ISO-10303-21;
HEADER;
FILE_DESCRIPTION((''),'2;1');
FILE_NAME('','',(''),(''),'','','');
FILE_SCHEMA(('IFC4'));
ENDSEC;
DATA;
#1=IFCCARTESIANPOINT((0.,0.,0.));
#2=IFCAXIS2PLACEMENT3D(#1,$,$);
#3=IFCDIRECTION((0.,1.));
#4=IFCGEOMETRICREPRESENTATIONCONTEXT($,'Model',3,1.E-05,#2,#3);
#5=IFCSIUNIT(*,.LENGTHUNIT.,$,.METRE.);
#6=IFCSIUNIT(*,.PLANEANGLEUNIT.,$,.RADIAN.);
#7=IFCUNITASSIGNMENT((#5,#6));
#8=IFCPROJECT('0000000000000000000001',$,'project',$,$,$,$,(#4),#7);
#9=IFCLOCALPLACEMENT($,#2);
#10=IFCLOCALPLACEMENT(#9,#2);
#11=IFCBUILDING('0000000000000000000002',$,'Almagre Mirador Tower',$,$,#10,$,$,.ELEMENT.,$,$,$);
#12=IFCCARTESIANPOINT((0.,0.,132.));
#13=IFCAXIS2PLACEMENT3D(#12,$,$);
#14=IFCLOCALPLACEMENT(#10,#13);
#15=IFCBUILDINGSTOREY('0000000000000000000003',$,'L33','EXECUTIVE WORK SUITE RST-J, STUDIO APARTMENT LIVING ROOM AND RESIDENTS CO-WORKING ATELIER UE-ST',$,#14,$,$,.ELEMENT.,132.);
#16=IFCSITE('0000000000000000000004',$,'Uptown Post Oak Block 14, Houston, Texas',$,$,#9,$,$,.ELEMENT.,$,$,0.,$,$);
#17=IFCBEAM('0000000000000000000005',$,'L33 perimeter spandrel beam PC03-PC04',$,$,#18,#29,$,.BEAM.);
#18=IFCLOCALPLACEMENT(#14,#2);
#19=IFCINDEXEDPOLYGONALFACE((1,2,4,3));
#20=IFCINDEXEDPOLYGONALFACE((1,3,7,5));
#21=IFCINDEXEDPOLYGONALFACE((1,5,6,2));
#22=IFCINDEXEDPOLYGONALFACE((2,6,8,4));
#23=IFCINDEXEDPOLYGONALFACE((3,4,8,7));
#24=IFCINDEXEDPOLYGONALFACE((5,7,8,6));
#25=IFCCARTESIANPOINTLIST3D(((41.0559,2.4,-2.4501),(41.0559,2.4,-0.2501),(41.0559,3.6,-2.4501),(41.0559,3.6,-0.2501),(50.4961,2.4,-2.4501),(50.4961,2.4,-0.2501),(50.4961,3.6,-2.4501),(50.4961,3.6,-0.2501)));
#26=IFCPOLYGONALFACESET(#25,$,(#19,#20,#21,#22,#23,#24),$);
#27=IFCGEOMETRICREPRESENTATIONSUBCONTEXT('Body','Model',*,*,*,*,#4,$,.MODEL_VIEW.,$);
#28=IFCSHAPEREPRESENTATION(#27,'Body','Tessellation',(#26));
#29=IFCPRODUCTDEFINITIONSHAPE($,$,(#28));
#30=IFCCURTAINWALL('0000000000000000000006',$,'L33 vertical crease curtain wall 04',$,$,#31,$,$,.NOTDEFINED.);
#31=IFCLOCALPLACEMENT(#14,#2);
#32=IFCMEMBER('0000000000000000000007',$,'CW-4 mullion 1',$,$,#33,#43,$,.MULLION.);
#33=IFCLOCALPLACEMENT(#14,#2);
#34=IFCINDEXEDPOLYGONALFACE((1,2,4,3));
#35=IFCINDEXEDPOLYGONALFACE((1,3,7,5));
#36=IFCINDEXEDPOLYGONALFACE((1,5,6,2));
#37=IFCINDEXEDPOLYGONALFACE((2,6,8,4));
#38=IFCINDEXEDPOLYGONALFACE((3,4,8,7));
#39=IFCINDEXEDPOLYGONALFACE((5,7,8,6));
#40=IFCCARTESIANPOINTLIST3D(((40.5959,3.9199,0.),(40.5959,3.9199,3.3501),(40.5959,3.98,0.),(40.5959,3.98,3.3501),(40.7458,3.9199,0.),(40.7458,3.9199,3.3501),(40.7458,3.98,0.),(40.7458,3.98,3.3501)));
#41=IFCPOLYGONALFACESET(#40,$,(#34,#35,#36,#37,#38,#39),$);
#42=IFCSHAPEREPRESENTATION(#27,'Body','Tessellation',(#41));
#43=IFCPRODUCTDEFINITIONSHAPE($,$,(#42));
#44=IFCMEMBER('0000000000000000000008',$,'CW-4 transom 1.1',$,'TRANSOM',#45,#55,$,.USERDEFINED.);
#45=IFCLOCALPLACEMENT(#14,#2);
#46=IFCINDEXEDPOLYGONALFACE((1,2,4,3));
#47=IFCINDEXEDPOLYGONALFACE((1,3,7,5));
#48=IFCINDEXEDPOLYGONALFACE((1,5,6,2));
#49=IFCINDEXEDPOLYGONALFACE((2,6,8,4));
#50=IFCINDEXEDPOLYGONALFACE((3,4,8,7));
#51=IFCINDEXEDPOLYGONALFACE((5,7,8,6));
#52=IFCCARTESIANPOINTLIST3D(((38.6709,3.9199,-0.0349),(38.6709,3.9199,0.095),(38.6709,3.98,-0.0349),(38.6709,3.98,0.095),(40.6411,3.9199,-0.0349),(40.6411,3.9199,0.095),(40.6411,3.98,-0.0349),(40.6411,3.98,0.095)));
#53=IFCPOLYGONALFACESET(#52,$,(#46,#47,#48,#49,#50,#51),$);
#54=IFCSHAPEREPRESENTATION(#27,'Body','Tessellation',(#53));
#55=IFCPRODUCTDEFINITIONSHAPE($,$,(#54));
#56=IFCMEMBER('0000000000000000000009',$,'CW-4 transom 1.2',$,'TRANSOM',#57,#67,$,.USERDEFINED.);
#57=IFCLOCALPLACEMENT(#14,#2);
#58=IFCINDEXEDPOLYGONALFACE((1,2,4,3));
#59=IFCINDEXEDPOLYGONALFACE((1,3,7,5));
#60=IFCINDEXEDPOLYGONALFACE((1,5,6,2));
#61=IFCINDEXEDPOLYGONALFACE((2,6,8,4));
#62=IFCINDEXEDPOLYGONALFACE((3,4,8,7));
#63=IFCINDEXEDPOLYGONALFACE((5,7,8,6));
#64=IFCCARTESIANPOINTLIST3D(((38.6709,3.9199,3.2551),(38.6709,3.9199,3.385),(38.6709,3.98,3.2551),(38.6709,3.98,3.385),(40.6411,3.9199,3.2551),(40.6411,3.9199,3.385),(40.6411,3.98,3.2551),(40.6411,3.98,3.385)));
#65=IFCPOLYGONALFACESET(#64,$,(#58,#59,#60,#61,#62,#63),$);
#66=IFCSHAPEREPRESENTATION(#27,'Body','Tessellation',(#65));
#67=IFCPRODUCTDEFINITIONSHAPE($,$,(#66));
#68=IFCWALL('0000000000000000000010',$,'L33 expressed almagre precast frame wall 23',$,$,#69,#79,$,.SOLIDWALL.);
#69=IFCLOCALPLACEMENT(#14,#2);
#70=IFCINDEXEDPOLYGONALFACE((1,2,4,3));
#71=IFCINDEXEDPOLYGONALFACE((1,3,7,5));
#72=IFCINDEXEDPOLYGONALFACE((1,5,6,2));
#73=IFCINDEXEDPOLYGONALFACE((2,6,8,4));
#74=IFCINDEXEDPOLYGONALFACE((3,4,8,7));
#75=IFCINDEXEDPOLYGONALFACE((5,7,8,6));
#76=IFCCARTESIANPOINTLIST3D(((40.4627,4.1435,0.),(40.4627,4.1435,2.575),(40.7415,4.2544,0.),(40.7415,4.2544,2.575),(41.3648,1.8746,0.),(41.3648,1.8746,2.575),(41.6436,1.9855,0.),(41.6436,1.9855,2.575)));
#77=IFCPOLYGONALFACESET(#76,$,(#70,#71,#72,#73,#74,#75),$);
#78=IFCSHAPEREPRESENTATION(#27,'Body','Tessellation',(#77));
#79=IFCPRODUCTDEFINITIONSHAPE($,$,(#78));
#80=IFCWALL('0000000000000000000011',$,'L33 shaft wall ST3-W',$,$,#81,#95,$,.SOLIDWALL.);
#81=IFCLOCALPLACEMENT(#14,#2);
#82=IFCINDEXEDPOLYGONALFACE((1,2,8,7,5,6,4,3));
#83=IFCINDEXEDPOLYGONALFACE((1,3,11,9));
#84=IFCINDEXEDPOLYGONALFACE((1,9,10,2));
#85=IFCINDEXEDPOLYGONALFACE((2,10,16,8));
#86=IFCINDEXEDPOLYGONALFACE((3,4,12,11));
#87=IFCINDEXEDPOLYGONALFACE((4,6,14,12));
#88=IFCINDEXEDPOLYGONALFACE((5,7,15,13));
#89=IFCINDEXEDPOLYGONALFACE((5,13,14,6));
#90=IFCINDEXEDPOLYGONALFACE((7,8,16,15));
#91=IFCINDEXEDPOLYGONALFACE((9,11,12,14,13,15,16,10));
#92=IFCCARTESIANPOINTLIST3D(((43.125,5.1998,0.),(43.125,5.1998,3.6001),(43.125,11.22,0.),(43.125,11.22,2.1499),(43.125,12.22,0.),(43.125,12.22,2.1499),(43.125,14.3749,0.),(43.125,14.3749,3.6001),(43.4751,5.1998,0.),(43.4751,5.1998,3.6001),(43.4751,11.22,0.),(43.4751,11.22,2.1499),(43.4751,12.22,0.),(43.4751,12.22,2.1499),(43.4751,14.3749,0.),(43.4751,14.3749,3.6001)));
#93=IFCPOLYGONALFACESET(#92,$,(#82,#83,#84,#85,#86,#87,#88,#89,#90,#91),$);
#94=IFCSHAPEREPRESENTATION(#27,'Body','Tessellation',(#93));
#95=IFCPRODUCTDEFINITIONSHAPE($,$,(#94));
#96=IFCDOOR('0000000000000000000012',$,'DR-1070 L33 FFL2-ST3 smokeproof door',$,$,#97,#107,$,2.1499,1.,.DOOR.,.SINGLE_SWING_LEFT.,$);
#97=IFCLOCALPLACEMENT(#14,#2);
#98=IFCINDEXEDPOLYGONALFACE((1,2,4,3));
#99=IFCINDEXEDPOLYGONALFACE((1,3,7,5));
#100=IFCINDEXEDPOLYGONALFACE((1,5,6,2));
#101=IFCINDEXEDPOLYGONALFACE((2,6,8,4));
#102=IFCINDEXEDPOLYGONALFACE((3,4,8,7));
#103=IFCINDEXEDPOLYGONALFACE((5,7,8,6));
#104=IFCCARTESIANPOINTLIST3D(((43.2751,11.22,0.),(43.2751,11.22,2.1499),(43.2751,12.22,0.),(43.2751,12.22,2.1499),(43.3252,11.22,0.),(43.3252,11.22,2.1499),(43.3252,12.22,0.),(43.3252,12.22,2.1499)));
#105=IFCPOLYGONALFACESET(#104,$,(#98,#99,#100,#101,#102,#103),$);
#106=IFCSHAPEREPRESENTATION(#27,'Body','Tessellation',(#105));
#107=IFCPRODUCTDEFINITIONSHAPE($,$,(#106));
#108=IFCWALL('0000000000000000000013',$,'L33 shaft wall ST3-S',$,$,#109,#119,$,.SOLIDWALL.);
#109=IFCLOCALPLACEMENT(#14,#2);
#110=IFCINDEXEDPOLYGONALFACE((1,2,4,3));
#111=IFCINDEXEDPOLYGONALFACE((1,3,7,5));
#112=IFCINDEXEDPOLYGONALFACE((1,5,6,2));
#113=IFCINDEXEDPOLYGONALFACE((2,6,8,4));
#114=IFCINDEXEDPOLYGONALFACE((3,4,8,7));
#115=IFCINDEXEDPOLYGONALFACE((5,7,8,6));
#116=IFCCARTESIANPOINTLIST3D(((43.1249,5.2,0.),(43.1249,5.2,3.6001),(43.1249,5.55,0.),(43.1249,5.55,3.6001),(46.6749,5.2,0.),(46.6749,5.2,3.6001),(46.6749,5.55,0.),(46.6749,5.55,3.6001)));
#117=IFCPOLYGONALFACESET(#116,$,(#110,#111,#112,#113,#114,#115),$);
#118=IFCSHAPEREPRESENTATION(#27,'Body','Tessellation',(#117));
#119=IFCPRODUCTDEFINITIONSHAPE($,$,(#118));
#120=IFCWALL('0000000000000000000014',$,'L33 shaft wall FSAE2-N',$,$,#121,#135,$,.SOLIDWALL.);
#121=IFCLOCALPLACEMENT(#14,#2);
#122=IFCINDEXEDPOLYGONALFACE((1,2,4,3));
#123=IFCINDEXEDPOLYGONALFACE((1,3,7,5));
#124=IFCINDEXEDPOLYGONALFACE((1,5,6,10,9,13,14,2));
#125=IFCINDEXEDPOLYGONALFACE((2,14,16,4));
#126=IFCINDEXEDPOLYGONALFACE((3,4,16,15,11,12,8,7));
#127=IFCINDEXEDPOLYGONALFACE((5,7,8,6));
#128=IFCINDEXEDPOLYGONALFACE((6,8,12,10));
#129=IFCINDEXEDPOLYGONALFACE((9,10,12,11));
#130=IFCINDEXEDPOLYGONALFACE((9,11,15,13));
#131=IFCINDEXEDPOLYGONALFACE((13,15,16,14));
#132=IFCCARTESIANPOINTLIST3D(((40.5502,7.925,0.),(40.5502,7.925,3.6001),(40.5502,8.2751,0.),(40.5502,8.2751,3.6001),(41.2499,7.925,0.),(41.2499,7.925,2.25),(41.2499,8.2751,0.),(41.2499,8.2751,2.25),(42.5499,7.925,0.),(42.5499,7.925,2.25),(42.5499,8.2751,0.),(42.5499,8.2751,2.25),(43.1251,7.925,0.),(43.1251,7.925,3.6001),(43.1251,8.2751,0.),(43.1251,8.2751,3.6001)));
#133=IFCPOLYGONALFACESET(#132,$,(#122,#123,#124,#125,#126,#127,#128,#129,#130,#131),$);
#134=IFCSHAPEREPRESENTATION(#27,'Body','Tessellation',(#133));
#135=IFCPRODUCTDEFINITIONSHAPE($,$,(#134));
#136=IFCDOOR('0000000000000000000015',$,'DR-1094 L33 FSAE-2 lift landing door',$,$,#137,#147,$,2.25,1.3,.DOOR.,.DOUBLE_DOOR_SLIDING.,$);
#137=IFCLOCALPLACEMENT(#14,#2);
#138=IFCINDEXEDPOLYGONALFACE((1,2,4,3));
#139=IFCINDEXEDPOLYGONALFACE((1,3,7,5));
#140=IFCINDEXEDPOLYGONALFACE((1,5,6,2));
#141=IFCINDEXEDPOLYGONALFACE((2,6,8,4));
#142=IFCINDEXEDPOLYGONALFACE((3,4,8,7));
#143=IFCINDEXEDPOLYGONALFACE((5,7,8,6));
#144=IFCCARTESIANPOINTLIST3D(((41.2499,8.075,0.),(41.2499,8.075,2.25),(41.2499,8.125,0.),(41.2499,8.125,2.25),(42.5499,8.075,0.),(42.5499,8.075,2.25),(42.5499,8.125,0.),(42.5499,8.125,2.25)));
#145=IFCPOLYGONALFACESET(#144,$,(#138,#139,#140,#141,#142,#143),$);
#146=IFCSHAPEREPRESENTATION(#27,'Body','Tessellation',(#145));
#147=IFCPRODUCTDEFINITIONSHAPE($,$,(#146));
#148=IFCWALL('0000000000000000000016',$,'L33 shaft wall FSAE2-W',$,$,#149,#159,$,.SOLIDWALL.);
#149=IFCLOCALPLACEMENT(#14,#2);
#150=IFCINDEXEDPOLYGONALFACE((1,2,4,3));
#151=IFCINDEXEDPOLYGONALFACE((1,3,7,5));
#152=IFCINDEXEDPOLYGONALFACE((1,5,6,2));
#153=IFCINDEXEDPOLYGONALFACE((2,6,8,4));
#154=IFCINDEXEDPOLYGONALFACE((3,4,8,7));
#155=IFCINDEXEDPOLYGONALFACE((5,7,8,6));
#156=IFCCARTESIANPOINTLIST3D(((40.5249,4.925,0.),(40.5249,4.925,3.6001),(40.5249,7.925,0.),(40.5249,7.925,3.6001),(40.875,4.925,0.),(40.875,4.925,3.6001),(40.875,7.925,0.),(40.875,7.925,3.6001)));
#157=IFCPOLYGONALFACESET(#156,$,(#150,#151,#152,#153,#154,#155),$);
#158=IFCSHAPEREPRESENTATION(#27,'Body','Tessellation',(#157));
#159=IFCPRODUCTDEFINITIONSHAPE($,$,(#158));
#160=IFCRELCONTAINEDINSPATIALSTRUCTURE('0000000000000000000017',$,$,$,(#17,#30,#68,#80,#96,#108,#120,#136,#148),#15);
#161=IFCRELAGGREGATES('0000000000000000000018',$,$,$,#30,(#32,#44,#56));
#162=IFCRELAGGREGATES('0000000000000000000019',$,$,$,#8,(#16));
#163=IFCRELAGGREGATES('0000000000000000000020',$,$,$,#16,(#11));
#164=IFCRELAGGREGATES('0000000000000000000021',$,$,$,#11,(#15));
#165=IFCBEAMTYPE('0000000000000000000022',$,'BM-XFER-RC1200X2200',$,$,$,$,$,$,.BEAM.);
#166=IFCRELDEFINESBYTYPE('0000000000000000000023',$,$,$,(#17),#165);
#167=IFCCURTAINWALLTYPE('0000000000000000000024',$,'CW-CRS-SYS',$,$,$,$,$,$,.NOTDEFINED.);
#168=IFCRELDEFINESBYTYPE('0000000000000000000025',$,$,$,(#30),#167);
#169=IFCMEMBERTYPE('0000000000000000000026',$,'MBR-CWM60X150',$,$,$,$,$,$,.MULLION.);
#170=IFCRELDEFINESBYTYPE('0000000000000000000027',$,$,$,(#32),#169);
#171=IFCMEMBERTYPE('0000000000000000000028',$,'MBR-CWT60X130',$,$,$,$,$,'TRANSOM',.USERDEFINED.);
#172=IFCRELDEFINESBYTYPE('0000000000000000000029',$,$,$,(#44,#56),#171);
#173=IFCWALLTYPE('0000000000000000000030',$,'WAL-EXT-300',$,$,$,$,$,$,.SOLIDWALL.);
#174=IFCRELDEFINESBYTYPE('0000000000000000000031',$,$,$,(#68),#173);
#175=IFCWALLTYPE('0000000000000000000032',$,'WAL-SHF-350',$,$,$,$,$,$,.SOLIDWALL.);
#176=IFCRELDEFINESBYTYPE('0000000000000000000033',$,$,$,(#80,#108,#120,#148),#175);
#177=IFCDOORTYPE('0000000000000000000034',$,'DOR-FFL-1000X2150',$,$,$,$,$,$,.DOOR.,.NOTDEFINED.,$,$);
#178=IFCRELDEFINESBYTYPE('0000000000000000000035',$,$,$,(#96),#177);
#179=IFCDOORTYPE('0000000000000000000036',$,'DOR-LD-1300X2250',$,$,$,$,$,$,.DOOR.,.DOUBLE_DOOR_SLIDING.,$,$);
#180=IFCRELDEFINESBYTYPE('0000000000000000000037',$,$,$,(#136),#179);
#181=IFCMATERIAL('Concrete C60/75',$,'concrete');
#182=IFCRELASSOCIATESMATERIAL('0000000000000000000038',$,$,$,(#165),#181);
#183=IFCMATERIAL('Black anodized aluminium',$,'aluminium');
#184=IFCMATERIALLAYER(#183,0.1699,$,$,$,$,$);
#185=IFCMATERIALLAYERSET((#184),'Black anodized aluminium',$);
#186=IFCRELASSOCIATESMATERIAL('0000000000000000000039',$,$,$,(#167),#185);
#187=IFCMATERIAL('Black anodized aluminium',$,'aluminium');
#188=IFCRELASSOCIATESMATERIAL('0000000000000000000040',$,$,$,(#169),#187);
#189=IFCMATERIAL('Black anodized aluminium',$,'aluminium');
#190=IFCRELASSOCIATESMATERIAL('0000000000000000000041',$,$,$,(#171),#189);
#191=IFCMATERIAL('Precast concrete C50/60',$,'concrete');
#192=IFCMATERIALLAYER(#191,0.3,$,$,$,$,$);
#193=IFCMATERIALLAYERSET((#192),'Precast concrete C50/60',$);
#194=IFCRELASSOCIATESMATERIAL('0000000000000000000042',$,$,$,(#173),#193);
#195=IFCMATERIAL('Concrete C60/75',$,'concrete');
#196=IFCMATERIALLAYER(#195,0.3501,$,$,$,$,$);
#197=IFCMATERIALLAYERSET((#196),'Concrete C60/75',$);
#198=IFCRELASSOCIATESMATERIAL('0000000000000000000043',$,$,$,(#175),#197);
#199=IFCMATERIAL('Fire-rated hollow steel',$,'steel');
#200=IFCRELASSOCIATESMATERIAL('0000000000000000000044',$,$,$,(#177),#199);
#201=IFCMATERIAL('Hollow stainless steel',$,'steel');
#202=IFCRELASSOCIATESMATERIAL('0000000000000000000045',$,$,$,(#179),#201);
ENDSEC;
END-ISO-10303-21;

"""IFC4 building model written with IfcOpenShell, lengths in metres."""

from ifc_helpers import new_model, si_unit, direction, frame, frame_2d, origin, origin_2d, place, context, subcontext, project, spatial, rectangle, extrude, material, layer, layer_set, material_profile, profile_set, type_object, element, fill, aggregate, save


model = new_model("IFC4")

# Units and contexts
model_context = context("Model", 3, precision=1e-05, world=origin(), true_north=direction((0.0, 1.0)))
body_context = subcontext(model_context, "Body", "Model", "MODEL_VIEW")
ifc_project = project(units=[si_unit("LENGTHUNIT", "METRE"), si_unit("PLANEANGLEUNIT", "RADIAN")], contexts=[model_context])

# Site, building, storey
site_placement = place(None, origin())
site = spatial("IfcSite", under=ifc_project, at=site_placement, Name="Uptown Post Oak Block 14, Houston, Texas", CompositionType="ELEMENT", RefElevation=0.0)
building_placement = place(site_placement, origin())
building = spatial("IfcBuilding", under=site, at=building_placement, Name="Almagre Mirador Tower", CompositionType="ELEMENT")
storey_placement = place(building_placement, frame((0.0, 0.0, 132.0)))
storey = spatial("IfcBuildingStorey", under=building, at=storey_placement, Name="L33", Description="EXECUTIVE WORK SUITE RST-J, STUDIO APARTMENT LIVING ROOM AND RESIDENTS CO-WORKING ATELIER UE-ST", CompositionType="ELEMENT", Elevation=132.0)

# Beam
ifc_material_1 = material(Name="Concrete C60/75", Category="concrete")
ifc_material_profile_1 = material_profile(ifc_material_1, rectangle(XDim=1.2, YDim=2.2, at=origin_2d()), Name="RC1200X2200")
ifc_profile_set_1 = profile_set([ifc_material_profile_1], Name="Concrete C60/75")
beam_type = type_object("IfcBeamType", Name="BM-XFER-RC1200X2200", PredefinedType="BEAM", material=ifc_profile_set_1)
beam_placement = place(storey_placement, frame((41.0559, 3.0, -1.3501), z_axis=(1.0, 0.0, 0.0), x_axis=(0.0, 1.0, 0.0)))
element("IfcBeam", 1, at=beam_placement, inside=storey, type_object=beam_type, Name="L33 perimeter spandrel beam PC03-PC04", PredefinedType="BEAM", context=body_context, shape_type="SweptSolid", body=[
    extrude(rectangle(XDim=1.2, YDim=2.2, at=origin_2d()), origin(), (0.0, 0.0, 1.0), 9.4402),
])

# Curtain wall, members
ifc_material_2 = material(Name="Black anodized aluminium", Category="aluminium")
ifc_layer_1 = layer(ifc_material_2, 0.1699)
ifc_layer_set_1 = layer_set([ifc_layer_1], Name="Black anodized aluminium")
curtain_wall_type = type_object("IfcCurtainWallType", Name="CW-CRS-SYS", PredefinedType="NOTDEFINED", material=ifc_layer_set_1)
curtain_wall_placement = place(storey_placement, origin())
curtain_wall = element("IfcCurtainWall", 2, at=curtain_wall_placement, inside=storey, type_object=curtain_wall_type, Name="L33 vertical crease curtain wall 04", PredefinedType="NOTDEFINED")
ifc_material_3 = material(Name="Black anodized aluminium", Category="aluminium")
ifc_material_profile_2 = material_profile(ifc_material_3, rectangle(XDim=0.0601, YDim=0.1499, at=origin_2d()), Name="CWM60X150")
ifc_profile_set_2 = profile_set([ifc_material_profile_2], Name="Black anodized aluminium")
member_type_1 = type_object("IfcMemberType", Name="MBR-CWM60X150", PredefinedType="MULLION", material=ifc_profile_set_2)
member_1_placement = place(storey_placement, frame((40.6709, 3.95, 0.0), z_axis=(0.0, 0.0, 1.0), x_axis=(0.0, -1.0, 0.0)))
member_1 = element("IfcMember", 3, at=member_1_placement, type_object=member_type_1, Name="CW-4 mullion 1", PredefinedType="MULLION", context=body_context, shape_type="SweptSolid", body=[
    extrude(rectangle(XDim=0.0601, YDim=0.1499, at=origin_2d()), origin(), (0.0, 0.0, 1.0), 3.3501),
])
ifc_material_4 = material(Name="Black anodized aluminium", Category="aluminium")
ifc_material_profile_3 = material_profile(ifc_material_4, rectangle(XDim=0.0601, YDim=0.1299, at=origin_2d()), Name="CWT60X130")
ifc_profile_set_3 = profile_set([ifc_material_profile_3], Name="Black anodized aluminium")
member_type_2 = type_object("IfcMemberType", Name="MBR-CWT60X130", ElementType="TRANSOM", PredefinedType="USERDEFINED", material=ifc_profile_set_3)
member_2_placement = place(storey_placement, frame((40.6411, 3.95, 0.03), z_axis=(-1.0, 0.0, 0.0), x_axis=(0.0, -1.0, 0.0)))
member_2 = element("IfcMember", 4, at=member_2_placement, type_object=member_type_2, Name="CW-4 transom 1.1", ObjectType="TRANSOM", PredefinedType="USERDEFINED", context=body_context, shape_type="SweptSolid", body=[
    extrude(rectangle(XDim=0.0601, YDim=0.1299, at=origin_2d()), origin(), (0.0, 0.0, 1.0), 1.9702),
])
member_3_placement = place(storey_placement, frame((40.6411, 3.95, 3.3201), z_axis=(-1.0, 0.0, 0.0), x_axis=(0.0, -1.0, 0.0)))
member_3 = element("IfcMember", 5, at=member_3_placement, type_object=member_type_2, Name="CW-4 transom 1.2", ObjectType="TRANSOM", PredefinedType="USERDEFINED", context=body_context, shape_type="SweptSolid", body=[
    extrude(rectangle(XDim=0.0601, YDim=0.1299, at=origin_2d()), origin(), (0.0, 0.0, 1.0), 1.9702),
])
aggregate(curtain_wall, [member_1, member_2, member_3])

# Wall
ifc_material_5 = material(Name="Precast concrete C50/60", Category="concrete")
ifc_layer_2 = layer(ifc_material_5, 0.3)
ifc_layer_set_2 = layer_set([ifc_layer_2], Name="Precast concrete C50/60")
wall_type_1 = type_object("IfcWallType", Name="WAL-EXT-300", PredefinedType="SOLIDWALL", material=ifc_layer_set_2)
wall_1_placement = place(storey_placement, frame((41.5042, 1.9302, 0.0), z_axis=(0.0, 0.0, 1.0), x_axis=(-0.369476, 0.92924, 0.0)))
element("IfcWall", 6, at=wall_1_placement, inside=storey, type_object=wall_type_1, Name="L33 expressed almagre precast frame wall 23", PredefinedType="SOLIDWALL", context=body_context, shape_type="SweptSolid", body=[
    extrude(rectangle(XDim=2.4417, YDim=0.3, at=frame_2d((1.2207, 0.0))), origin(), (0.0, 0.0, 1.0), 2.575),
])

# Wall, opening, door
ifc_material_6 = material(Name="Concrete C60/75", Category="concrete")
ifc_layer_3 = layer(ifc_material_6, 0.3501)
ifc_layer_set_3 = layer_set([ifc_layer_3], Name="Concrete C60/75")
wall_type_2 = type_object("IfcWallType", Name="WAL-SHF-350", PredefinedType="SOLIDWALL", material=ifc_layer_set_3)
wall_2_placement = place(storey_placement, frame((43.3, 5.2, 0.0), z_axis=(0.0, 0.0, 1.0), x_axis=(0.0, 1.0, 0.0)))
wall_2 = element("IfcWall", 7, at=wall_2_placement, inside=storey, type_object=wall_type_2, Name="L33 shaft wall ST3-W", PredefinedType="SOLIDWALL", context=body_context, shape_type="SweptSolid", body=[
    extrude(rectangle(XDim=9.175, YDim=0.3501, at=frame_2d((4.5874, 0.0))), origin(), (0.0, 0.0, 1.0), 3.6001),
])
opening_1_placement = place(wall_2_placement, frame((6.02, 0.0, 0.0)))
opening_1 = element("IfcOpeningElement", 8, at=opening_1_placement, cuts=wall_2, PredefinedType="OPENING", context=body_context, shape_type="SweptSolid", body=[
    extrude(rectangle(XDim=1.0, YDim=2.1499, at=frame_2d((0.5, 1.075))), frame((0.0, 0.185, 0.0), z_axis=(0.0, -1.0, 0.0), x_axis=(1.0, 0.0, 0.0)), (0.0, 0.0, 1.0), 0.3701),
])
ifc_material_7 = material(Name="Fire-rated hollow steel", Category="steel")
door_type_1 = type_object("IfcDoorType", Name="DOR-FFL-1000X2150", OperationType="NOTDEFINED", PredefinedType="DOOR", material=ifc_material_7)
door_1_placement = place(opening_1_placement, origin())
door_1 = element("IfcDoor", 9, at=door_1_placement, inside=storey, type_object=door_type_1, Name="DR-1070 L33 FFL2-ST3 smokeproof door", OperationType="SINGLE_SWING_LEFT", OverallHeight=2.1499, OverallWidth=1.0, PredefinedType="DOOR", context=body_context, shape_type="SweptSolid", body=[
    extrude(rectangle(XDim=1.0, YDim=2.1499, at=frame_2d((0.5, 1.075))), frame((0.0, 0.0249, 0.0), z_axis=(0.0, -1.0, 0.0), x_axis=(1.0, 0.0, 0.0)), (0.0, 0.0, 1.0), 0.05),
])
fill(opening_1, door_1)

# Wall
wall_3_placement = place(storey_placement, frame((43.125, 5.375, 0.0), z_axis=(0.0, 0.0, 1.0), x_axis=(1.0, 0.0, 0.0)))
element("IfcWall", 10, at=wall_3_placement, inside=storey, type_object=wall_type_2, Name="L33 shaft wall ST3-S", PredefinedType="SOLIDWALL", context=body_context, shape_type="SweptSolid", body=[
    extrude(rectangle(XDim=3.55, YDim=0.3501, at=frame_2d((1.7749, 0.0))), origin(), (0.0, 0.0, 1.0), 3.6001),
])

# Wall, opening, door
wall_4_placement = place(storey_placement, frame((40.55, 8.1001, 0.0), z_axis=(0.0, 0.0, 1.0), x_axis=(1.0, 0.0, 0.0)))
wall_4 = element("IfcWall", 11, at=wall_4_placement, inside=storey, type_object=wall_type_2, Name="L33 shaft wall FSAE2-N", PredefinedType="SOLIDWALL", context=body_context, shape_type="SweptSolid", body=[
    extrude(rectangle(XDim=2.575, YDim=0.3501, at=frame_2d((1.2876, 0.0))), origin(), (0.0, 0.0, 1.0), 3.6001),
])
opening_2_placement = place(wall_4_placement, frame((0.7, 0.0, 0.0)))
opening_2 = element("IfcOpeningElement", 12, at=opening_2_placement, cuts=wall_4, PredefinedType="OPENING", context=body_context, shape_type="SweptSolid", body=[
    extrude(rectangle(XDim=1.3, YDim=2.25, at=frame_2d((0.6499, 1.125))), frame((0.0, 0.185, 0.0), z_axis=(0.0, -1.0, 0.0), x_axis=(1.0, 0.0, 0.0)), (0.0, 0.0, 1.0), 0.3701),
])
ifc_material_8 = material(Name="Hollow stainless steel", Category="steel")
door_type_2 = type_object("IfcDoorType", Name="DOR-LD-1300X2250", OperationType="DOUBLE_DOOR_SLIDING", PredefinedType="DOOR", material=ifc_material_8)
door_2_placement = place(opening_2_placement, origin())
door_2 = element("IfcDoor", 13, at=door_2_placement, inside=storey, type_object=door_type_2, Name="DR-1094 L33 FSAE-2 lift landing door", OperationType="DOUBLE_DOOR_SLIDING", OverallHeight=2.25, OverallWidth=1.3, PredefinedType="DOOR", context=body_context, shape_type="SweptSolid", body=[
    extrude(rectangle(XDim=1.3, YDim=2.25, at=frame_2d((0.6499, 1.125))), frame((0.0, 0.0249, 0.0), z_axis=(0.0, -1.0, 0.0), x_axis=(1.0, 0.0, 0.0)), (0.0, 0.0, 1.0), 0.05),
])
fill(opening_2, door_2)

# Wall
wall_5_placement = place(storey_placement, frame((40.7, 4.925, 0.0), z_axis=(0.0, 0.0, 1.0), x_axis=(0.0, 1.0, 0.0)))
element("IfcWall", 14, at=wall_5_placement, inside=storey, type_object=wall_type_2, Name="L33 shaft wall FSAE2-W", PredefinedType="SOLIDWALL", context=body_context, shape_type="SweptSolid", body=[
    extrude(rectangle(XDim=3.0, YDim=0.3501, at=frame_2d((1.5, 0.0))), origin(), (0.0, 0.0, 1.0), 3.6001),
])

save(model, "model.ifc")
